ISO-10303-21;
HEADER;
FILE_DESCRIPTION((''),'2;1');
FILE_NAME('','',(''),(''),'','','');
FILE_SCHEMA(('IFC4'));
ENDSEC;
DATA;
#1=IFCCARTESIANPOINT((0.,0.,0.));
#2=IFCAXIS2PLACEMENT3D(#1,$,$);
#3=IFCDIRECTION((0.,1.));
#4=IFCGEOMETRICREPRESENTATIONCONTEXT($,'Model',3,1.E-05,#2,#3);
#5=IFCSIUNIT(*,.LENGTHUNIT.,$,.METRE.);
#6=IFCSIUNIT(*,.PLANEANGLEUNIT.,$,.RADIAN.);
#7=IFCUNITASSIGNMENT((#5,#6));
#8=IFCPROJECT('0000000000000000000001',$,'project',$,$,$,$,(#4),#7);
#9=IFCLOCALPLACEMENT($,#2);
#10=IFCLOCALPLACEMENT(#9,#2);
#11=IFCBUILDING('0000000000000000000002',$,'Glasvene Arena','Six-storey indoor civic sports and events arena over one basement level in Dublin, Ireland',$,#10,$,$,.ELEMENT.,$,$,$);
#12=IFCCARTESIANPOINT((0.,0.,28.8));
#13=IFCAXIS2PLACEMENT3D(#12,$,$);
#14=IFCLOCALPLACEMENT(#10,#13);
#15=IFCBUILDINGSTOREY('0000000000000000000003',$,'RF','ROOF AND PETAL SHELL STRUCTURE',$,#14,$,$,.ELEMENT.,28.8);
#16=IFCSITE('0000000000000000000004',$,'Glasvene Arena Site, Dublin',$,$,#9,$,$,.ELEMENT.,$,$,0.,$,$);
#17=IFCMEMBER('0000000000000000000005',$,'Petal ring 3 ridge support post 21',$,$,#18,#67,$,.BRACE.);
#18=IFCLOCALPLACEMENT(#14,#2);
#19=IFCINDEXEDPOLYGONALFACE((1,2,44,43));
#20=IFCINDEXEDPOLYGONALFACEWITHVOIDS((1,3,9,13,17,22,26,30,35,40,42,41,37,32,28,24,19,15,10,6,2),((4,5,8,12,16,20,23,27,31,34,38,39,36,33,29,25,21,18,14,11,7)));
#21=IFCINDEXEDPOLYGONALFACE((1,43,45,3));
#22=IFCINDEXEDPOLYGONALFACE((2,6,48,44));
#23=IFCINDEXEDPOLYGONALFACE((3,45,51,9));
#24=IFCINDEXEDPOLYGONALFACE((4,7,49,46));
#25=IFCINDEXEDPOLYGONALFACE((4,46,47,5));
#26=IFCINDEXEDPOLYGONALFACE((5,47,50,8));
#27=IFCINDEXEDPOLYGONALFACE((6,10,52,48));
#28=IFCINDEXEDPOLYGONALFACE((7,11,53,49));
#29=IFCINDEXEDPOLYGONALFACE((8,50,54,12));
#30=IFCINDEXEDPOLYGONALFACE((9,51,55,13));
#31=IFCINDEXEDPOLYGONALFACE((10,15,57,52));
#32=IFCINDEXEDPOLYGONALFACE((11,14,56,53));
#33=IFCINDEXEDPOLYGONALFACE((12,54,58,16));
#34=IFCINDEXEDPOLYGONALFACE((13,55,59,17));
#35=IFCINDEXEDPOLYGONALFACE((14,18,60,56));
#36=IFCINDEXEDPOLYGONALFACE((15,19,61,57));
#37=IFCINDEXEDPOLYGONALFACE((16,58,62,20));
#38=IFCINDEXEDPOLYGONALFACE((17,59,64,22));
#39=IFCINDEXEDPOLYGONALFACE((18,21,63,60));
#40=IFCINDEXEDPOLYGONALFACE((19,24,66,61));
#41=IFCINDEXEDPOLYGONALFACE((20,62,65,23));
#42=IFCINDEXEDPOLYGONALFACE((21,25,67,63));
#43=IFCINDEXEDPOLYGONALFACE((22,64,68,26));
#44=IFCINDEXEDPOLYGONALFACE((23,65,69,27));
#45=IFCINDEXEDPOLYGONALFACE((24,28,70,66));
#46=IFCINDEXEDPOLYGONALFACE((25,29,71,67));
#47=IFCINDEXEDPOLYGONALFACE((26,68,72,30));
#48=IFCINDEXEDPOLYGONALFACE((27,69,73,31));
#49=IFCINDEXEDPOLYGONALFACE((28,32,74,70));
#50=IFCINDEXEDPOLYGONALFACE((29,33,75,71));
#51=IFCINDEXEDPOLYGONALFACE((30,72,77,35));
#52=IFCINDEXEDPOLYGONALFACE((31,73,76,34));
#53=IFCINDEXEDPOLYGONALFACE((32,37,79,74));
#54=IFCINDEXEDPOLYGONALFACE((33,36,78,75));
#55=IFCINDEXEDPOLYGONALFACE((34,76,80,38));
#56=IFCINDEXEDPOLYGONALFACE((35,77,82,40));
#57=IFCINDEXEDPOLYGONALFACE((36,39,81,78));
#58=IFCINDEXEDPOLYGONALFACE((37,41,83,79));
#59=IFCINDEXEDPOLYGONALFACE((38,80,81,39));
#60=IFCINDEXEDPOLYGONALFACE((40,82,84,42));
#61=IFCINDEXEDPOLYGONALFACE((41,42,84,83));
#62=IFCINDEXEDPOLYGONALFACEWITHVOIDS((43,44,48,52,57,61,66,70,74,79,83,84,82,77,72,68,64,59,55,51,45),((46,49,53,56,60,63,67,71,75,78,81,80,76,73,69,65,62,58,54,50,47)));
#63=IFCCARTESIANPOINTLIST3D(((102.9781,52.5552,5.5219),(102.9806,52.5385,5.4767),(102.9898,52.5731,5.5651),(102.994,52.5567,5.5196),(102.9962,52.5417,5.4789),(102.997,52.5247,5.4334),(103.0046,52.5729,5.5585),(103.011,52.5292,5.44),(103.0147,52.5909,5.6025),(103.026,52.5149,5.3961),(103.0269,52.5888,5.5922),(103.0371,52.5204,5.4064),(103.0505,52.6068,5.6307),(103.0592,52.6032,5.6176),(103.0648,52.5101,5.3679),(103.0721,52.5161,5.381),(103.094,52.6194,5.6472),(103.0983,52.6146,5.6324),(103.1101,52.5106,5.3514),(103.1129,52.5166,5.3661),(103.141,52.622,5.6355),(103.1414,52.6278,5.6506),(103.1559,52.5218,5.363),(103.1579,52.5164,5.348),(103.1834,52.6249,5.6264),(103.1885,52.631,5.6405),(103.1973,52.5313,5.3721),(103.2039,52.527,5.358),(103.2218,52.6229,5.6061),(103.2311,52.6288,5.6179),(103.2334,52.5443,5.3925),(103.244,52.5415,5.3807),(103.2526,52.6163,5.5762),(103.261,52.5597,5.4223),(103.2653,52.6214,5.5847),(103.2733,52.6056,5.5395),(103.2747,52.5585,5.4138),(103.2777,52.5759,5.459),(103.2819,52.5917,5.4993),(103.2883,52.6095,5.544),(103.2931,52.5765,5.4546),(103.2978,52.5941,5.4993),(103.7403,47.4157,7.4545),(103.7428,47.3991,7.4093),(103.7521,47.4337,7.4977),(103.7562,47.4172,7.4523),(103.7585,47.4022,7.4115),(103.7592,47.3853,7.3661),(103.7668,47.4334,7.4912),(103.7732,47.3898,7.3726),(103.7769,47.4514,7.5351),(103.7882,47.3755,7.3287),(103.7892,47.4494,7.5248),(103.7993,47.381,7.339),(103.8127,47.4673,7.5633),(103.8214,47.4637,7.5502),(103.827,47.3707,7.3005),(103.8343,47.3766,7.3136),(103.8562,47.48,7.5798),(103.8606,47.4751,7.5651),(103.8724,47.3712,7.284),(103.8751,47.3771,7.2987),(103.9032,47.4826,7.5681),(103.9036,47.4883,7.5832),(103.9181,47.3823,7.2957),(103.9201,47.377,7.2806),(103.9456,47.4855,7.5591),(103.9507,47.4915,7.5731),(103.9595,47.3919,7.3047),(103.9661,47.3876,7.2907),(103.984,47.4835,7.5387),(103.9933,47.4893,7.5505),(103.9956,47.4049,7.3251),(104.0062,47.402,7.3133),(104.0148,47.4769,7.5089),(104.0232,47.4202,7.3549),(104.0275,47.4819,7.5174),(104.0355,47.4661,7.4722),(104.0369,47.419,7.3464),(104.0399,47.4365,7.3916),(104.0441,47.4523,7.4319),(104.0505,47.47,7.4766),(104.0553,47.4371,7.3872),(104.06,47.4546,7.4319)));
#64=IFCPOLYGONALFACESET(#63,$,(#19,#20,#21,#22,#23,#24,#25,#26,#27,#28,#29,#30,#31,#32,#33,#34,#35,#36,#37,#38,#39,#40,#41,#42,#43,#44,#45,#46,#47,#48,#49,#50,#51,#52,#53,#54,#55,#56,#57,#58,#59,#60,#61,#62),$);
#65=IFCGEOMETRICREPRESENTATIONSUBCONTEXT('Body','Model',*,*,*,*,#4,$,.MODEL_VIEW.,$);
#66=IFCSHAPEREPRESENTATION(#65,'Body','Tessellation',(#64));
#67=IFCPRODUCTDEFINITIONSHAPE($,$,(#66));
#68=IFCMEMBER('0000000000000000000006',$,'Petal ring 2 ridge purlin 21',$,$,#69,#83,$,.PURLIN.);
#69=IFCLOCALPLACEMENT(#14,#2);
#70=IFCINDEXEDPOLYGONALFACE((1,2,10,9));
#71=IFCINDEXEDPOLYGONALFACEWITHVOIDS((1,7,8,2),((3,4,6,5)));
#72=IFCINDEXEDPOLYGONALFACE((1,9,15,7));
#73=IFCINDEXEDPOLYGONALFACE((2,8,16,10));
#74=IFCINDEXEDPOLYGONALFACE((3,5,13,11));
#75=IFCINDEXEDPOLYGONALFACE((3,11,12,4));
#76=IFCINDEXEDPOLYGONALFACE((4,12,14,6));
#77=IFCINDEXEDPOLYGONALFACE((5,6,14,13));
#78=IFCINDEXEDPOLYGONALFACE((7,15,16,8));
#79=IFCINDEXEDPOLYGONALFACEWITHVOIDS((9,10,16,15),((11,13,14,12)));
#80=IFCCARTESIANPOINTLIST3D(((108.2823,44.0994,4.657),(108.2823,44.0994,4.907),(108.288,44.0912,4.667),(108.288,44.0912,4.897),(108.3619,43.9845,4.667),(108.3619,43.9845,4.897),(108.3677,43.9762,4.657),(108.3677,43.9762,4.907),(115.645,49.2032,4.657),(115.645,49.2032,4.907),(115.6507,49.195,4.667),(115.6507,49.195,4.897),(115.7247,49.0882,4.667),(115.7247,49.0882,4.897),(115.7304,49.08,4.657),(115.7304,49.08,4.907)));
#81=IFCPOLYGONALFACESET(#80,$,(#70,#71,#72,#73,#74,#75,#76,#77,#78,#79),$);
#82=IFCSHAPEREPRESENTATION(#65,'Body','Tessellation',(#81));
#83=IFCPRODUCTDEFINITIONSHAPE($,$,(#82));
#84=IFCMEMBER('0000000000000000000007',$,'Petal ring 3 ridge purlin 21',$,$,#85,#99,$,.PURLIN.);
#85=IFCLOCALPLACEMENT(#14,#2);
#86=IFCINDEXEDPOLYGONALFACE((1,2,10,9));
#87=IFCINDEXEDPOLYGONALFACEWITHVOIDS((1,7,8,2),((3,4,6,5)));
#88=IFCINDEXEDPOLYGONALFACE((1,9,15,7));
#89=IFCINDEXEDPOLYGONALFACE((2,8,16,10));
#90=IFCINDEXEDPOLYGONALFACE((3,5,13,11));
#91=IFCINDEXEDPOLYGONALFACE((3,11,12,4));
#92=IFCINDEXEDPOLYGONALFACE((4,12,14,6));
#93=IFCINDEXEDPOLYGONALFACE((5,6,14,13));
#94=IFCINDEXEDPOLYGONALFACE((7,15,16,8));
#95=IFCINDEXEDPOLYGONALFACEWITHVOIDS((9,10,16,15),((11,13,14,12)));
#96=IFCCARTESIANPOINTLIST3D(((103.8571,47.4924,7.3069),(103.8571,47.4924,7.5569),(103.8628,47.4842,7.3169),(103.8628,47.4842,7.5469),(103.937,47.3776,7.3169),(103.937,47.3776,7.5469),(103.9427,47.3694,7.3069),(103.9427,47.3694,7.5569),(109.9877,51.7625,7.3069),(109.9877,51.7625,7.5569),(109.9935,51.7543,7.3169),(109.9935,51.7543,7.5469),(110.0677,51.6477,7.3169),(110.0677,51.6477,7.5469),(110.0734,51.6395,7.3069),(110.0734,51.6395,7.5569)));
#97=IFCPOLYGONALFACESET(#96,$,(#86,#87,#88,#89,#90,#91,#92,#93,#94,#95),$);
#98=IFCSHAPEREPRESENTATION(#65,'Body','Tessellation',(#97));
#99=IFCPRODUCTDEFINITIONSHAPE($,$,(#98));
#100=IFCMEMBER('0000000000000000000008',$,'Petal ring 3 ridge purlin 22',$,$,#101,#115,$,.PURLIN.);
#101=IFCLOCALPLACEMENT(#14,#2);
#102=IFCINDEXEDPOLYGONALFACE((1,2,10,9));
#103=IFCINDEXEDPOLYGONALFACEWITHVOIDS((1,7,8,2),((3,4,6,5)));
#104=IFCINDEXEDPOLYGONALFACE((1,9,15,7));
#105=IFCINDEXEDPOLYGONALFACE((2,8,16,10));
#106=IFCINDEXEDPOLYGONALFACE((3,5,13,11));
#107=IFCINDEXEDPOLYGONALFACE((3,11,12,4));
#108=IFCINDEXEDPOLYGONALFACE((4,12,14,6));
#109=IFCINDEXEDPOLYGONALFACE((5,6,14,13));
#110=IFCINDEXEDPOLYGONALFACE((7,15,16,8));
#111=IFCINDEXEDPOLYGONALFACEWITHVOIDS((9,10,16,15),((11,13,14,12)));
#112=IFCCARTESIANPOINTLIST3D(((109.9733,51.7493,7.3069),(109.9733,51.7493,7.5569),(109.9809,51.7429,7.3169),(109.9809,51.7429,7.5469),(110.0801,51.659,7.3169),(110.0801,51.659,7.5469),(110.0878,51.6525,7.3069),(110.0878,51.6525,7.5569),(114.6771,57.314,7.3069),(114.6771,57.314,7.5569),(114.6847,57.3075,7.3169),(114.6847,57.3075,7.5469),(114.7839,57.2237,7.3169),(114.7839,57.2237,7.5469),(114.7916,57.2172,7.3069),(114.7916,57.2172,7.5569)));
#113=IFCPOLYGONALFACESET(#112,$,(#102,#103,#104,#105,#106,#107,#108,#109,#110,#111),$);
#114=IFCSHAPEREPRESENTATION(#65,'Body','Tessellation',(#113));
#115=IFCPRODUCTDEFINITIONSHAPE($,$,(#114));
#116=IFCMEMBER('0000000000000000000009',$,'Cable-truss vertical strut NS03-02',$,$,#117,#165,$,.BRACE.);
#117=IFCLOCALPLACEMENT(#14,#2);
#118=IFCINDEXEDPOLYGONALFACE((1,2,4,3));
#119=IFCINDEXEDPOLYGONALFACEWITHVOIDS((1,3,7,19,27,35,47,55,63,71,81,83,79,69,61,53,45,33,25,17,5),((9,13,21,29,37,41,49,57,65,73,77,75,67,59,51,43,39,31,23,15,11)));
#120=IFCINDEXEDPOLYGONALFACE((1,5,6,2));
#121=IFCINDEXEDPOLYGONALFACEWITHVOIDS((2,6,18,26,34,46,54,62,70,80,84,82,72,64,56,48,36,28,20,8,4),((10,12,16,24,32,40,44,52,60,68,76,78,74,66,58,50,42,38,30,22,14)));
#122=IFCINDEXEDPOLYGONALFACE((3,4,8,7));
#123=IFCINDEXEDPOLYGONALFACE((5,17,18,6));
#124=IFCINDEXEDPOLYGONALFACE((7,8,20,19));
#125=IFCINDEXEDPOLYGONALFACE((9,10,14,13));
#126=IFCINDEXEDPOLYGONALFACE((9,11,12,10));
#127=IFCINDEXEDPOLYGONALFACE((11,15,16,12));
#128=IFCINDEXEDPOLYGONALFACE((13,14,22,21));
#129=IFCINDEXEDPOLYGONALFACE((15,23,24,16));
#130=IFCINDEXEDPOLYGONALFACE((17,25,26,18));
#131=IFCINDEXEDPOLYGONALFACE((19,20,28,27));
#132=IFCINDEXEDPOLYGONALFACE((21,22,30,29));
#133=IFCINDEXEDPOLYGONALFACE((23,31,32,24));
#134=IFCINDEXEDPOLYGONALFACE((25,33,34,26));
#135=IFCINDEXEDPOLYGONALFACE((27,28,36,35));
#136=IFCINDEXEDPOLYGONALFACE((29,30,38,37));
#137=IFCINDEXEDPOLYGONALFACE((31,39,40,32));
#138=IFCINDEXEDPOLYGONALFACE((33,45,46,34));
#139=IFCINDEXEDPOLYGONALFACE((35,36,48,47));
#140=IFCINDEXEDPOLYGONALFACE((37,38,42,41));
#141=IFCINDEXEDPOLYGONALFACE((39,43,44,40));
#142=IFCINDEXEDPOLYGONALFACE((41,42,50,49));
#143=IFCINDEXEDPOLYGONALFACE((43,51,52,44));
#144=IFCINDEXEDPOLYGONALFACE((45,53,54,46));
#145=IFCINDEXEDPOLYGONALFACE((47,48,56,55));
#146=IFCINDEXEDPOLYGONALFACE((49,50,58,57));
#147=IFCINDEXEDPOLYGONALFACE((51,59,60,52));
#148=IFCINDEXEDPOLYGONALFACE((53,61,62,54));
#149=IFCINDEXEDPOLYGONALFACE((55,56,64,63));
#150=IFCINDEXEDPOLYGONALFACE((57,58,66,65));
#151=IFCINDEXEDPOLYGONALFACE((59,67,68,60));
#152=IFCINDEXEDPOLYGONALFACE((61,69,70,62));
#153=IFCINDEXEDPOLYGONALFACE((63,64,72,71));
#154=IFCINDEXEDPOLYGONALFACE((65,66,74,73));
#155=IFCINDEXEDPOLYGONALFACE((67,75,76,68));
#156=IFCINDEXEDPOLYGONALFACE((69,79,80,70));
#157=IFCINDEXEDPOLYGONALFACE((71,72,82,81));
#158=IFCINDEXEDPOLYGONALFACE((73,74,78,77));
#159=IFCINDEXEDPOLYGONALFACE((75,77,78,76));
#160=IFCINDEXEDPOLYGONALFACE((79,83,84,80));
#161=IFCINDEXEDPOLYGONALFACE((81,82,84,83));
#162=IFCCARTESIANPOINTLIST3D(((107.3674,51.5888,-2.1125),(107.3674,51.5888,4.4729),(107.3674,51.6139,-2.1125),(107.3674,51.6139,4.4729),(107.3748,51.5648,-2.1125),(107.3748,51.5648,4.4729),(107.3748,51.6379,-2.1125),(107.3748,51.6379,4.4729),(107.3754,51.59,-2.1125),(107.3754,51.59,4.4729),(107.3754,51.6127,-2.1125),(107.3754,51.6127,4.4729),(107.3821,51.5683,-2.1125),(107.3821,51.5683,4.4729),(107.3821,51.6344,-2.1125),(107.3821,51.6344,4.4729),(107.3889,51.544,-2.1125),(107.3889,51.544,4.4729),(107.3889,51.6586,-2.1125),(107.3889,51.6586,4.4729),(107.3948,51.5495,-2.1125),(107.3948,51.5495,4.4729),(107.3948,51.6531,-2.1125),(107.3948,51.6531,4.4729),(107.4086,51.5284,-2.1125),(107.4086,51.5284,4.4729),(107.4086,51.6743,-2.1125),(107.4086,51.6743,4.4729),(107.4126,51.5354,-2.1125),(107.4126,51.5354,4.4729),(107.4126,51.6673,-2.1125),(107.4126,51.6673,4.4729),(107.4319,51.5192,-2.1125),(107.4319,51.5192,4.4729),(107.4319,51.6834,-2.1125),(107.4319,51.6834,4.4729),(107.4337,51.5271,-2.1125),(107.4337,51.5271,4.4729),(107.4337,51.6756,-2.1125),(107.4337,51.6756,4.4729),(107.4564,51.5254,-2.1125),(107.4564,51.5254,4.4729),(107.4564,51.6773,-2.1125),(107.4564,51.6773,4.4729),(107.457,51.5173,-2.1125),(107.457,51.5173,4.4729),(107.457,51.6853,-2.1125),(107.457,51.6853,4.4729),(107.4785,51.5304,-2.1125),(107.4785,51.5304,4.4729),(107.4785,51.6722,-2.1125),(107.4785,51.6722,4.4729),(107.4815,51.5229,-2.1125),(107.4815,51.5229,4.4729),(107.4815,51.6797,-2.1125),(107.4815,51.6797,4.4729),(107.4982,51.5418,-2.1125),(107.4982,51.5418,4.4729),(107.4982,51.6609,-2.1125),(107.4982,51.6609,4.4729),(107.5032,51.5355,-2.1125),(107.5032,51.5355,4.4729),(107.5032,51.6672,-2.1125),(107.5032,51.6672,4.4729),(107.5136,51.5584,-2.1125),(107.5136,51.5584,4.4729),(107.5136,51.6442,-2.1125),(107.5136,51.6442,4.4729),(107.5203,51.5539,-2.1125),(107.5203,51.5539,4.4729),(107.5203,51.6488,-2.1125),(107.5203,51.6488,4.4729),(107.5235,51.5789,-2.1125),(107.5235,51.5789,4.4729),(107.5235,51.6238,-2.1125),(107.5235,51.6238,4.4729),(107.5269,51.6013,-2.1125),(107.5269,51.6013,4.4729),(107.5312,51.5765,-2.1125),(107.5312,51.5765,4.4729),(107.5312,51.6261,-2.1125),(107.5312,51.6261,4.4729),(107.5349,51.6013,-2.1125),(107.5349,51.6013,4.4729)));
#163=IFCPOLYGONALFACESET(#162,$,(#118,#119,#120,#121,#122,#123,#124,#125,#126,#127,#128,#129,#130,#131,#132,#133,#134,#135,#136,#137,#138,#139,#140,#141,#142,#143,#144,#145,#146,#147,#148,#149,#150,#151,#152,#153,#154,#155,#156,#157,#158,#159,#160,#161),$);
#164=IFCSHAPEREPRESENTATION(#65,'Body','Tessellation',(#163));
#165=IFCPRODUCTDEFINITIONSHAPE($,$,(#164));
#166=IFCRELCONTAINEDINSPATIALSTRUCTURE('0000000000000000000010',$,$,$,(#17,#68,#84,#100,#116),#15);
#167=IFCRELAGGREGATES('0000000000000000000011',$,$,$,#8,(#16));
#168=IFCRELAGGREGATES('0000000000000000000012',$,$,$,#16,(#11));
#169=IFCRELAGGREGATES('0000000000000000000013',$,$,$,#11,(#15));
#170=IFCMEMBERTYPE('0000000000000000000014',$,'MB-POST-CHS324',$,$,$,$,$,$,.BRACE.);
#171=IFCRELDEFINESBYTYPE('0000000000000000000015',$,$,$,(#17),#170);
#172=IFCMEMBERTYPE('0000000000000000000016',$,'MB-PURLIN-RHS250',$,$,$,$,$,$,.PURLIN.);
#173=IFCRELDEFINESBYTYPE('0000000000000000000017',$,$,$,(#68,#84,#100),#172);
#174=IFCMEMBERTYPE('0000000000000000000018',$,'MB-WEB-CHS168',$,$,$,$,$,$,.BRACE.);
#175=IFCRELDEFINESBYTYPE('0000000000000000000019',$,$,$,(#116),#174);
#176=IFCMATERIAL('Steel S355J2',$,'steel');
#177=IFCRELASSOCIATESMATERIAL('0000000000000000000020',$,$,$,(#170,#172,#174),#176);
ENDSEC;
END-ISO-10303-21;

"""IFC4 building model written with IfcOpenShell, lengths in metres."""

from ifc_helpers import new_model, si_unit, direction, frame, origin, origin_2d, place, context, subcontext, project, spatial, hollow_rectangle, hollow_circle, extrude, material, material_profile, profile_set, type_object, element, save


model = new_model("IFC4")

# Units and contexts
model_context = context("Model", 3, precision=1e-05, world=origin(), true_north=direction((0.0, 1.0)))
body_context = subcontext(model_context, "Body", "Model", "MODEL_VIEW")
ifc_project = project(units=[si_unit("LENGTHUNIT", "METRE"), si_unit("PLANEANGLEUNIT", "RADIAN")], contexts=[model_context])

# Site, building, storey
site_placement = place(None, origin())
site = spatial("IfcSite", under=ifc_project, at=site_placement, Name="Glasvene Arena Site, Dublin", CompositionType="ELEMENT", RefElevation=0.0)
building_placement = place(site_placement, origin())
building = spatial("IfcBuilding", under=site, at=building_placement, Name="Glasvene Arena", Description="Six-storey indoor civic sports and events arena over one basement level in Dublin, Ireland", CompositionType="ELEMENT")
storey_placement = place(building_placement, frame((0.0, 0.0, 28.8)))
storey = spatial("IfcBuildingStorey", under=building, at=storey_placement, Name="RF", Description="ROOF AND PETAL SHELL STRUCTURE", CompositionType="ELEMENT", Elevation=28.8)

# Members
ifc_material_1 = material(Name="Steel S355J2", Category="steel")
ifc_material_profile_1 = material_profile(ifc_material_1, hollow_circle(Radius=0.1619, WallThickness=0.0161, at=origin_2d()), Name="CHS 323.9x16.0")
ifc_profile_set_1 = profile_set([ifc_material_profile_1], Name="Steel S355J2")
member_type_1 = type_object("IfcMemberType", Name="MB-POST-CHS324", PredefinedType="BRACE", material=ifc_profile_set_1)
member_1_placement = place(storey_placement, frame((103.1377, 52.5703, 5.4993), z_axis=(0.137498, -0.927119, 0.348633), x_axis=(0.989181, 0.146702, 0.0)))
element("IfcMember", 1, at=member_1_placement, inside=storey, type_object=member_type_1, Name="Petal ring 3 ridge support post 21", PredefinedType="BRACE", context=body_context, shape_type="SweptSolid", body=[
    extrude(hollow_circle(Radius=0.1619, WallThickness=0.0161, at=origin_2d()), origin(), (0.0, 0.0, 1.0), 5.5435),
])
ifc_material_profile_2 = material_profile(ifc_material_1, hollow_rectangle(XDim=0.1499, YDim=0.25, WallThickness=0.01, at=origin_2d()), Name="RHS 250x150x10.0")
ifc_profile_set_2 = profile_set([ifc_material_profile_2], Name="Steel S355J2")
member_type_2 = type_object("IfcMemberType", Name="MB-PURLIN-RHS250", PredefinedType="PURLIN", material=ifc_profile_set_2)
member_2_placement = place(storey_placement, frame((108.325, 44.0378, 4.782), z_axis=(0.821856, 0.569696, 0.0), x_axis=(-0.569696, 0.821856, 0.0)))
element("IfcMember", 2, at=member_2_placement, inside=storey, type_object=member_type_2, Name="Petal ring 2 ridge purlin 21", PredefinedType="PURLIN", context=body_context, shape_type="SweptSolid", body=[
    extrude(hollow_rectangle(XDim=0.1499, YDim=0.25, WallThickness=0.01, at=origin_2d()), origin(), (0.0, 0.0, 1.0), 8.9587),
])
member_3_placement = place(storey_placement, frame((103.8999, 47.4309, 7.4319), z_axis=(0.820576, 0.571537, 0.0), x_axis=(-0.571537, 0.820576, 0.0)))
element("IfcMember", 3, at=member_3_placement, inside=storey, type_object=member_type_2, Name="Petal ring 3 ridge purlin 21", PredefinedType="PURLIN", context=body_context, shape_type="SweptSolid", body=[
    extrude(hollow_rectangle(XDim=0.1499, YDim=0.25, WallThickness=0.01, at=origin_2d()), origin(), (0.0, 0.0, 1.0), 7.4712),
])
member_4_placement = place(storey_placement, frame((110.0305, 51.7009, 7.4319), z_axis=(0.645564, 0.763706, 0.0), x_axis=(-0.763706, 0.645564, 0.0)))
element("IfcMember", 4, at=member_4_placement, inside=storey, type_object=member_type_2, Name="Petal ring 3 ridge purlin 22", PredefinedType="PURLIN", context=body_context, shape_type="SweptSolid", body=[
    extrude(hollow_rectangle(XDim=0.1499, YDim=0.25, WallThickness=0.01, at=origin_2d()), origin(), (0.0, 0.0, 1.0), 7.2864),
])
ifc_material_profile_3 = material_profile(ifc_material_1, hollow_circle(Radius=0.0842, WallThickness=0.0081, at=origin_2d()), Name="CHS 168.3x8.0")
ifc_profile_set_3 = profile_set([ifc_material_profile_3], Name="Steel S355J2")
member_type_3 = type_object("IfcMemberType", Name="MB-WEB-CHS168", PredefinedType="BRACE", material=ifc_profile_set_3)
member_5_placement = place(storey_placement, frame((107.4507, 51.6013, -2.1125), z_axis=(0.0, 0.0, 1.0), x_axis=(1.0, 0.0, 0.0)))
element("IfcMember", 5, at=member_5_placement, inside=storey, type_object=member_type_3, Name="Cable-truss vertical strut NS03-02", PredefinedType="BRACE", context=body_context, shape_type="SweptSolid", body=[
    extrude(hollow_circle(Radius=0.0842, WallThickness=0.0081, at=origin_2d()), origin(), (0.0, 0.0, 1.0), 6.5854),
])

save(model, "model.ifc")
